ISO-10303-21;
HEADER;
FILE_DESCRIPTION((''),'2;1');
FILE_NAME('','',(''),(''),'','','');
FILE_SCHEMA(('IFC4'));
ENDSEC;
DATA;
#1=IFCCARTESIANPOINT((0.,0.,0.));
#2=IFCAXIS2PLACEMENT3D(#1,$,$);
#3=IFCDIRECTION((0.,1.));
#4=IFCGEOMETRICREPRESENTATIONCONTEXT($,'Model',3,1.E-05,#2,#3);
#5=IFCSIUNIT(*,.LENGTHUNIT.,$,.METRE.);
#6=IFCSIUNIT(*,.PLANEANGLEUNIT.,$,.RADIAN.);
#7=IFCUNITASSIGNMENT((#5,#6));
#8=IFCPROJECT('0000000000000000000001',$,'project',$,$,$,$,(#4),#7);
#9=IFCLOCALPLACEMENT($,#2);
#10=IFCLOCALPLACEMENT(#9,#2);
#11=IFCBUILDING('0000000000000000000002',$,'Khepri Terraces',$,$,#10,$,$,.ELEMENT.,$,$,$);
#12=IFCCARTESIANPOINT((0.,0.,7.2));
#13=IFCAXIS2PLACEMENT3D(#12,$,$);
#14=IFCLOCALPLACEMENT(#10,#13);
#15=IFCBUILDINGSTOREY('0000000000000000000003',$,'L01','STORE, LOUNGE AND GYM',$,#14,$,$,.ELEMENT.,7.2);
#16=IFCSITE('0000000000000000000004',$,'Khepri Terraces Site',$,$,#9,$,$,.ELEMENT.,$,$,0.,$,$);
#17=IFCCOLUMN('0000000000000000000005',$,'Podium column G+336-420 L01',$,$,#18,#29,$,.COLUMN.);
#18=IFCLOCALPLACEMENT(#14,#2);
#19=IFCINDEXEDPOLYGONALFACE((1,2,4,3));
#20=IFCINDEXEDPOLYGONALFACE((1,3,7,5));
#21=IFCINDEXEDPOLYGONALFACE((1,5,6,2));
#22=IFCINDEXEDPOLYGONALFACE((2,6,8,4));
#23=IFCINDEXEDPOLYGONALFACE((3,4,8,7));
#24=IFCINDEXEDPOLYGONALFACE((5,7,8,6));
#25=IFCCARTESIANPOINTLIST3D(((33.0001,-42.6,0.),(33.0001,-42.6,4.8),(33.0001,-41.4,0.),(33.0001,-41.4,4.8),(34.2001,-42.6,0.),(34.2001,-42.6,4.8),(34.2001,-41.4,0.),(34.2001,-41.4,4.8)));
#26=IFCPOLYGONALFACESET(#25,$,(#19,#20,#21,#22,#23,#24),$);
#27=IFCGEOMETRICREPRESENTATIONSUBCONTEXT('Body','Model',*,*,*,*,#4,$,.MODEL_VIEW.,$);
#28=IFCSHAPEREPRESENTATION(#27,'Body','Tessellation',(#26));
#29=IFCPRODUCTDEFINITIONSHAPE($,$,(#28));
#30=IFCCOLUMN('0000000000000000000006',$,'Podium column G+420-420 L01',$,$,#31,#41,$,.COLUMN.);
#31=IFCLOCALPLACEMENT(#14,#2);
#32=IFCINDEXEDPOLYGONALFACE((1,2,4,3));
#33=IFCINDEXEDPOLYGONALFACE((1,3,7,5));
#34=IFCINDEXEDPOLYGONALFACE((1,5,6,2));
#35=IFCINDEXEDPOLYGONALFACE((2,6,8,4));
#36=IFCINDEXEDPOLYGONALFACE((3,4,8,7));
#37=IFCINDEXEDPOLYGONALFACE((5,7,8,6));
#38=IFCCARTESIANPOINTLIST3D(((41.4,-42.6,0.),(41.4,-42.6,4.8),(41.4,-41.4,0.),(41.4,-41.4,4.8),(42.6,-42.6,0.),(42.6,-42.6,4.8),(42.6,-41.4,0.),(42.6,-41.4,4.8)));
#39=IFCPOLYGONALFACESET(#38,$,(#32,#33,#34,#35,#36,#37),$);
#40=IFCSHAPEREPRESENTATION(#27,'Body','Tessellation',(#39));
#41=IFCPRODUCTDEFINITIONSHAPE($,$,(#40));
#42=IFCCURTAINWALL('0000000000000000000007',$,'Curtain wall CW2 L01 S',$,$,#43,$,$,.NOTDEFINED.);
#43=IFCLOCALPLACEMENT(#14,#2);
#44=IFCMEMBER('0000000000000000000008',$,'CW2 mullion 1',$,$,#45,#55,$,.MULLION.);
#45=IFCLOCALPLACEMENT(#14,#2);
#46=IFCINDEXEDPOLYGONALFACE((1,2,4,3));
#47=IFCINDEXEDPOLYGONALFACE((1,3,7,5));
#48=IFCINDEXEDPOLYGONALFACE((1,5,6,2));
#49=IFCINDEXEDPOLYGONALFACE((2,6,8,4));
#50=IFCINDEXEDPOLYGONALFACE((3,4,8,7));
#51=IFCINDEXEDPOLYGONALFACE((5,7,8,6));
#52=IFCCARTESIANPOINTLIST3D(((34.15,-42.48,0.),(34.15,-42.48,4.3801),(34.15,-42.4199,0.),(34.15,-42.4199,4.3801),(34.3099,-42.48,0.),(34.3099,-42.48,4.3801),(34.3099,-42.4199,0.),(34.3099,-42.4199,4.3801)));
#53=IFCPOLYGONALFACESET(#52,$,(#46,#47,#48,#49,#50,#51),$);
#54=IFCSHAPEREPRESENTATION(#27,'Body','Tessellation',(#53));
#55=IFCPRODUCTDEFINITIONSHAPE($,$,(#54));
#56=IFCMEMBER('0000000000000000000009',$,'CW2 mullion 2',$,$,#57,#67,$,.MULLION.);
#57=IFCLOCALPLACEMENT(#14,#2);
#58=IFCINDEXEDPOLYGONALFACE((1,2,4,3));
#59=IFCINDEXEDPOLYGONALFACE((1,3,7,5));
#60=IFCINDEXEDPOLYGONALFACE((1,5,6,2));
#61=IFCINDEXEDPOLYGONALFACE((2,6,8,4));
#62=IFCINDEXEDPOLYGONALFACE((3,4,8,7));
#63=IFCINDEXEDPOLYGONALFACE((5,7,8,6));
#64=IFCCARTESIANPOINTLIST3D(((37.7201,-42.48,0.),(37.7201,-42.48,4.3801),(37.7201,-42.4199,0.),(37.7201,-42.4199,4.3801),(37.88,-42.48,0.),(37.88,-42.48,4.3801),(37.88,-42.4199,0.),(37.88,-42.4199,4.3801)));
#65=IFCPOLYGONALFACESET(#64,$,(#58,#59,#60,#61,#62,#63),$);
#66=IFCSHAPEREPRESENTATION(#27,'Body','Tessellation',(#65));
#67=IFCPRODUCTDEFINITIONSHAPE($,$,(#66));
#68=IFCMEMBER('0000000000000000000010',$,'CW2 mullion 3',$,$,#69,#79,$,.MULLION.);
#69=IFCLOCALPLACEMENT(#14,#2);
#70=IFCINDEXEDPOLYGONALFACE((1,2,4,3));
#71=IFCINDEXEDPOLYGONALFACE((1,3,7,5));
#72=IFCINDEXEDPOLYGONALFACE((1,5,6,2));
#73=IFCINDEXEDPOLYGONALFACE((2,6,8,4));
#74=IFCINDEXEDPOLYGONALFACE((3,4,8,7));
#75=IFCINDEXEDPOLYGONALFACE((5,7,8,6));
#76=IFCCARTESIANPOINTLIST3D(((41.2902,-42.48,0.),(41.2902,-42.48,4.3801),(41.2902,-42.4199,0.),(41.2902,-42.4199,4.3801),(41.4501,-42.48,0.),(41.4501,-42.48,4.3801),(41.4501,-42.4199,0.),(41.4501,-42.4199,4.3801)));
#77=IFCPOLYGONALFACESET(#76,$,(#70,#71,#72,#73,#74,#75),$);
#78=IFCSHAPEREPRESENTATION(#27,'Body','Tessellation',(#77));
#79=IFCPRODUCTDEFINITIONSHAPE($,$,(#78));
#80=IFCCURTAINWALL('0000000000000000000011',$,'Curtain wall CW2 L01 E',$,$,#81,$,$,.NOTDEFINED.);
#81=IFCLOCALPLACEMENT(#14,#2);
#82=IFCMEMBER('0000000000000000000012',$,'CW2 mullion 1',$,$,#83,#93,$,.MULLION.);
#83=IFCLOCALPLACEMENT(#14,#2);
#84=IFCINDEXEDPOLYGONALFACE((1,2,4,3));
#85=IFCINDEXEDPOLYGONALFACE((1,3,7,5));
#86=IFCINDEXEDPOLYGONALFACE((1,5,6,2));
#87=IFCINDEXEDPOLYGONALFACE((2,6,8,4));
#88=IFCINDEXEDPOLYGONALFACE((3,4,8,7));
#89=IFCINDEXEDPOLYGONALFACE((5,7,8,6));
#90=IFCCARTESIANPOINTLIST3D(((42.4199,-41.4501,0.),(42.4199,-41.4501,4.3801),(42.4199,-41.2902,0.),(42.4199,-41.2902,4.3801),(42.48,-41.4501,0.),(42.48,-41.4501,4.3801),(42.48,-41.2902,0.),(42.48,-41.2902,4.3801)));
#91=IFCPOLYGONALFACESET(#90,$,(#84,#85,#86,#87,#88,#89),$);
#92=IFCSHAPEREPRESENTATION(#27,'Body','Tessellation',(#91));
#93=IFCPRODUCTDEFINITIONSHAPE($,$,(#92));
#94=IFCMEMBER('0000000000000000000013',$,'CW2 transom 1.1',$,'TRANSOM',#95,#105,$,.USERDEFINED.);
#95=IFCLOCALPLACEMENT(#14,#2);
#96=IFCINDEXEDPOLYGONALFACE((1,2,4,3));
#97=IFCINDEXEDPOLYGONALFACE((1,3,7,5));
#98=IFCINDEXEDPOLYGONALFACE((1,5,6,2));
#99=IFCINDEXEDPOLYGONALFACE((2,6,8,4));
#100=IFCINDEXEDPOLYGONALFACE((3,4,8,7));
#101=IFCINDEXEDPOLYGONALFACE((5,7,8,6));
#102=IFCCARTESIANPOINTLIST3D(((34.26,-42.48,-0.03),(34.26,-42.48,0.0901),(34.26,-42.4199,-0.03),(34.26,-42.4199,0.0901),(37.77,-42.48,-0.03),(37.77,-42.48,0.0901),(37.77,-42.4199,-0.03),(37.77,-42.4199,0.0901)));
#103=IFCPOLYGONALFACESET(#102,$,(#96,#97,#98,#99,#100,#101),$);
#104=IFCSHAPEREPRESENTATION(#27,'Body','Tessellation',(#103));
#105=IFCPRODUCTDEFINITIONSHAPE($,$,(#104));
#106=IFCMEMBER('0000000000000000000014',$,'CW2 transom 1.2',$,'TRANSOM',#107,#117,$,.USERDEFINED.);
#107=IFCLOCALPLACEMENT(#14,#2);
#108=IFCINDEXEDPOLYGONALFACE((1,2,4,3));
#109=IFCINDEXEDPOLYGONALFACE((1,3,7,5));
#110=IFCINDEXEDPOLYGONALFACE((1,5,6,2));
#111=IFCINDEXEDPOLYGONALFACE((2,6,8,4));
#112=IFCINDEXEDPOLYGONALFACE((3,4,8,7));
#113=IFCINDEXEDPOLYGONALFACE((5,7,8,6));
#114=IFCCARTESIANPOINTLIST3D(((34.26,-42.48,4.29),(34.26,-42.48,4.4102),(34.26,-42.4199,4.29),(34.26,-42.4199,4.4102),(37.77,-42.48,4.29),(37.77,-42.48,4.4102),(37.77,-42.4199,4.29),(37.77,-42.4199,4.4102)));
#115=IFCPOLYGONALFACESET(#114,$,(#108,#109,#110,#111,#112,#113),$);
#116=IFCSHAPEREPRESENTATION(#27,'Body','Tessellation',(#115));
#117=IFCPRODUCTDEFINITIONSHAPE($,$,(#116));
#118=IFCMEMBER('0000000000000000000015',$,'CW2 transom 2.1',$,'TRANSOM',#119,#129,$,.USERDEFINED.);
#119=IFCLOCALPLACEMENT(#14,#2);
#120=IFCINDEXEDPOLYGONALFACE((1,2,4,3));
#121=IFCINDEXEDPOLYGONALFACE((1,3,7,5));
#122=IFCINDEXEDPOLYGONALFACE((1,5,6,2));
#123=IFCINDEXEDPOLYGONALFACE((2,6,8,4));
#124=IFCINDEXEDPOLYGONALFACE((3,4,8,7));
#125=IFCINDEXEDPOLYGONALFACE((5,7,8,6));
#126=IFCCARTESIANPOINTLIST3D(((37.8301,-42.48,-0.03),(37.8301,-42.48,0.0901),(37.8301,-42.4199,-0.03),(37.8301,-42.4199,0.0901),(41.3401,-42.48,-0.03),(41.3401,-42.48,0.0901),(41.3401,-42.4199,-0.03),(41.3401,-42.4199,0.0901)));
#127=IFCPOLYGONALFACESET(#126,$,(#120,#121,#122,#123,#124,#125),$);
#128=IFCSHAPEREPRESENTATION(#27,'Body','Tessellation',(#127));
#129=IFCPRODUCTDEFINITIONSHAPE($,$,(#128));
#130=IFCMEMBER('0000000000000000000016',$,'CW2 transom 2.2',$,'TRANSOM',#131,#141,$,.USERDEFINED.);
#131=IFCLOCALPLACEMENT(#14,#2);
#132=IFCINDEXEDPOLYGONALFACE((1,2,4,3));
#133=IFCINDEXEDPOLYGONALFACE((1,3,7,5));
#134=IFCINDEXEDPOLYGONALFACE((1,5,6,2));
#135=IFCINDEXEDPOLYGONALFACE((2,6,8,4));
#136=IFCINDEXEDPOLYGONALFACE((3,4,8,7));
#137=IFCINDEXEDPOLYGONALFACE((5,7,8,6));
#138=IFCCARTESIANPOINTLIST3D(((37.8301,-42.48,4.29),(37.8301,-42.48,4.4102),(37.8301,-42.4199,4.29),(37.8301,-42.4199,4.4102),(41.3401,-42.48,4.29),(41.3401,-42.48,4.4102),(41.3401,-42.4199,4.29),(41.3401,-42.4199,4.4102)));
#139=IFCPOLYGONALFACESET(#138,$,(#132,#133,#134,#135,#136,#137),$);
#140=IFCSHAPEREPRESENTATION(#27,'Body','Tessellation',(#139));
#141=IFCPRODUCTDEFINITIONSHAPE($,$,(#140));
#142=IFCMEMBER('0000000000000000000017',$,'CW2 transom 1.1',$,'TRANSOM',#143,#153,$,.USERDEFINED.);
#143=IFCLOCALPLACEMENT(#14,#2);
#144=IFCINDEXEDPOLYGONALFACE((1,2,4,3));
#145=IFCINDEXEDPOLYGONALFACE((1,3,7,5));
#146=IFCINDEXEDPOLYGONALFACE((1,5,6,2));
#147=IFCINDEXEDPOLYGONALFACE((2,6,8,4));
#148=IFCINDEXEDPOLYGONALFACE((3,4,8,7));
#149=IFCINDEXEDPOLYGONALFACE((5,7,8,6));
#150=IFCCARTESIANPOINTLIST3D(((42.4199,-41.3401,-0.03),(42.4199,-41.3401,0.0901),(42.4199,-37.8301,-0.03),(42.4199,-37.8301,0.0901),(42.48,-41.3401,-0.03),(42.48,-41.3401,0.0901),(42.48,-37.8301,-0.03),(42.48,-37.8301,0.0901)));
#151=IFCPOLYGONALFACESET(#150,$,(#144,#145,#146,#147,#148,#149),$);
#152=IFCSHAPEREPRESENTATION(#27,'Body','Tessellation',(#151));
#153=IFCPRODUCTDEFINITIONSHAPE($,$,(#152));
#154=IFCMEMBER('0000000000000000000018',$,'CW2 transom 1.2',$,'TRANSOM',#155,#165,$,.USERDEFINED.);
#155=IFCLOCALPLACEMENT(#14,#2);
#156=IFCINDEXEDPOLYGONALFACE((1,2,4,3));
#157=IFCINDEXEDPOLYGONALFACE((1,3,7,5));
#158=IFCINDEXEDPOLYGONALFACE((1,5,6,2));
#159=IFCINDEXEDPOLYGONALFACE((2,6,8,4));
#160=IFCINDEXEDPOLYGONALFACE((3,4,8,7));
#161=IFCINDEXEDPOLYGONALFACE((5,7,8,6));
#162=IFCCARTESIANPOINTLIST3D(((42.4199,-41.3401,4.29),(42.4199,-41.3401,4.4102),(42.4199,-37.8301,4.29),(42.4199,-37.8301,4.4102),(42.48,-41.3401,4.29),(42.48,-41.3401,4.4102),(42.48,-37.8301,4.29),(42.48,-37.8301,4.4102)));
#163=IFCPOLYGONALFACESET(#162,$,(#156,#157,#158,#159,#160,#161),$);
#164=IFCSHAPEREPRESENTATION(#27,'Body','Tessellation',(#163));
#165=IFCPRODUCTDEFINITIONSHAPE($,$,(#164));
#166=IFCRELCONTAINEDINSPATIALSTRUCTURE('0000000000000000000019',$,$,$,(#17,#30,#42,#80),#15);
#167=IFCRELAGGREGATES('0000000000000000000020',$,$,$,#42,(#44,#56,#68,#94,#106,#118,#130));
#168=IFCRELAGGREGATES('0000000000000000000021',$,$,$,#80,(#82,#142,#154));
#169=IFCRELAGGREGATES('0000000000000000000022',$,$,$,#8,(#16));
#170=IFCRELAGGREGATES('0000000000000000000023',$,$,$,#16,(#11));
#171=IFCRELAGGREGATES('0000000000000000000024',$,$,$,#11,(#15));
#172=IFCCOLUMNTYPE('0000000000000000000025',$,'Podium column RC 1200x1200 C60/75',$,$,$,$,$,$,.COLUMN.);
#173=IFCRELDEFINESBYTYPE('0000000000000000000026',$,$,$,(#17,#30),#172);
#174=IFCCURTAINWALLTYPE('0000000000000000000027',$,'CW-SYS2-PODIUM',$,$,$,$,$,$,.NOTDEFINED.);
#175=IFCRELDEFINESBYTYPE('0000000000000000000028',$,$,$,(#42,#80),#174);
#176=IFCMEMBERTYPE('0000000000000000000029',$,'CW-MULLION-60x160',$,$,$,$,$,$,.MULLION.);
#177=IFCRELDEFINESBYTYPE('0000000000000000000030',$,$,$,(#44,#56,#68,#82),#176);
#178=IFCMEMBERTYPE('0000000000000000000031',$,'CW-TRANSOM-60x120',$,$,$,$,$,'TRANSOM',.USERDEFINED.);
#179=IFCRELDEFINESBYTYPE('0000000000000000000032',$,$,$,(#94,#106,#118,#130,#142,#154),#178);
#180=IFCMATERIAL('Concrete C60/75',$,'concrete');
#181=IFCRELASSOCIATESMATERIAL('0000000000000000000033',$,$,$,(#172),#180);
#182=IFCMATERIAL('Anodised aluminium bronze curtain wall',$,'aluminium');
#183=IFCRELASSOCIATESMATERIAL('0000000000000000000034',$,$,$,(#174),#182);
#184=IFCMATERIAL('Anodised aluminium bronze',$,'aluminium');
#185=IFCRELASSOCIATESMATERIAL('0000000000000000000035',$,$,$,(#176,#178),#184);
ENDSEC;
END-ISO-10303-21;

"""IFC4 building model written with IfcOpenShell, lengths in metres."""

from ifc_helpers import new_model, si_unit, direction, frame, origin, origin_2d, place, context, subcontext, project, spatial, rectangle, extrude, material, material_profile, profile_set, type_object, element, aggregate, save


model = new_model("IFC4")

# Units and contexts
model_context = context("Model", 3, precision=1e-05, world=origin(), true_north=direction((0.0, 1.0)))
body_context = subcontext(model_context, "Body", "Model", "MODEL_VIEW")
ifc_project = project(units=[si_unit("LENGTHUNIT", "METRE"), si_unit("PLANEANGLEUNIT", "RADIAN")], contexts=[model_context])

# Site, building, storey
site_placement = place(None, origin())
site = spatial("IfcSite", under=ifc_project, at=site_placement, Name="Khepri Terraces Site", CompositionType="ELEMENT", RefElevation=0.0)
building_placement = place(site_placement, origin())
building = spatial("IfcBuilding", under=site, at=building_placement, Name="Khepri Terraces", CompositionType="ELEMENT")
storey_placement = place(building_placement, frame((0.0, 0.0, 7.2)))
storey = spatial("IfcBuildingStorey", under=building, at=storey_placement, Name="L01", Description="STORE, LOUNGE AND GYM", CompositionType="ELEMENT", Elevation=7.2)

# Columns
ifc_material_1 = material(Name="Concrete C60/75", Category="concrete")
ifc_material_profile_1 = material_profile(ifc_material_1, rectangle(XDim=1.2, YDim=1.2, at=origin_2d()), Name="Concrete C60/75", Category="concrete")
ifc_profile_set_1 = profile_set([ifc_material_profile_1], Name="Concrete C60/75")
column_type = type_object("IfcColumnType", Name="Podium column RC 1200x1200 C60/75", PredefinedType="COLUMN", material=ifc_profile_set_1)
for number, where, z_axis, x_axis, name in (
    (1, (33.6001, -42.0, 0.0), (0.0, 0.0, 1.0), (1.0, 0.0, 0.0), "Podium column G+336-420 L01"),
    (2, (42.0, -42.0, 0.0), (0.0, 0.0, 1.0), (1.0, 0.0, 0.0), "Podium column G+420-420 L01"),
):
    element("IfcColumn", number, at=place(storey_placement, frame(where, z_axis=z_axis, x_axis=x_axis)), inside=storey, type_object=column_type, Name=name, PredefinedType="COLUMN", context=body_context, shape_type="SweptSolid", body=[
        extrude(rectangle(XDim=1.2, YDim=1.2, at=origin_2d()), origin(), (0.0, 0.0, 1.0), 4.8),
    ])

# Curtain wall, members
ifc_material_2 = material(Name="Anodised aluminium bronze curtain wall", Category="aluminium")
curtain_wall_type = type_object("IfcCurtainWallType", Name="CW-SYS2-PODIUM", PredefinedType="NOTDEFINED", material=ifc_material_2)
curtain_wall_1_placement = place(storey_placement, origin())
curtain_wall_1 = element("IfcCurtainWall", 3, at=curtain_wall_1_placement, inside=storey, type_object=curtain_wall_type, Name="Curtain wall CW2 L01 S", PredefinedType="NOTDEFINED")
ifc_material_3 = material(Name="Anodised aluminium bronze", Category="aluminium")
ifc_material_profile_2 = material_profile(ifc_material_3, rectangle(XDim=0.0601, YDim=0.1599, at=origin_2d()), Name="Anodised aluminium bronze", Category="aluminium")
ifc_profile_set_2 = profile_set([ifc_material_profile_2], Name="Anodised aluminium bronze")
member_type_1 = type_object("IfcMemberType", Name="CW-MULLION-60x160", PredefinedType="MULLION", material=ifc_profile_set_2)
member_1_placement = place(storey_placement, frame((34.23, -42.45, 0.0), z_axis=(0.0, 0.0, 1.0), x_axis=(0.0, 1.0, 0.0)))
member_1 = element("IfcMember", 4, at=member_1_placement, type_object=member_type_1, Name="CW2 mullion 1", PredefinedType="MULLION", context=body_context, shape_type="SweptSolid", body=[
    extrude(rectangle(XDim=0.0601, YDim=0.1599, at=origin_2d()), origin(), (0.0, 0.0, 1.0), 4.3801),
])
member_2_placement = place(storey_placement, frame((37.8, -42.45, 0.0), z_axis=(0.0, 0.0, 1.0), x_axis=(0.0, 1.0, 0.0)))
member_2 = element("IfcMember", 5, at=member_2_placement, type_object=member_type_1, Name="CW2 mullion 2", PredefinedType="MULLION", context=body_context, shape_type="SweptSolid", body=[
    extrude(rectangle(XDim=0.0601, YDim=0.1599, at=origin_2d()), origin(), (0.0, 0.0, 1.0), 4.3801),
])
member_3_placement = place(storey_placement, frame((41.3701, -42.45, 0.0), z_axis=(0.0, 0.0, 1.0), x_axis=(0.0, 1.0, 0.0)))
member_3 = element("IfcMember", 6, at=member_3_placement, type_object=member_type_1, Name="CW2 mullion 3", PredefinedType="MULLION", context=body_context, shape_type="SweptSolid", body=[
    extrude(rectangle(XDim=0.0601, YDim=0.1599, at=origin_2d()), origin(), (0.0, 0.0, 1.0), 4.3801),
])

# Curtain wall, member
curtain_wall_2_placement = place(storey_placement, origin())
curtain_wall_2 = element("IfcCurtainWall", 7, at=curtain_wall_2_placement, inside=storey, type_object=curtain_wall_type, Name="Curtain wall CW2 L01 E", PredefinedType="NOTDEFINED")
member_4_placement = place(storey_placement, frame((42.45, -41.3701, 0.0), z_axis=(0.0, 0.0, 1.0), x_axis=(-1.0, 0.0, 0.0)))
member_4 = element("IfcMember", 8, at=member_4_placement, type_object=member_type_1, Name="CW2 mullion 1", PredefinedType="MULLION", context=body_context, shape_type="SweptSolid", body=[
    extrude(rectangle(XDim=0.0601, YDim=0.1599, at=origin_2d()), origin(), (0.0, 0.0, 1.0), 4.3801),
])

# Members
ifc_material_profile_3 = material_profile(ifc_material_3, rectangle(XDim=0.0601, YDim=0.1201, at=origin_2d()), Name="Anodised aluminium bronze", Category="aluminium")
ifc_profile_set_3 = profile_set([ifc_material_profile_3], Name="Anodised aluminium bronze")
member_type_2 = type_object("IfcMemberType", Name="CW-TRANSOM-60x120", ElementType="TRANSOM", PredefinedType="USERDEFINED", material=ifc_profile_set_3)
member_5_placement = place(storey_placement, frame((34.26, -42.45, 0.03), z_axis=(1.0, 0.0, 0.0), x_axis=(0.0, 1.0, 0.0)))
member_5 = element("IfcMember", 9, at=member_5_placement, type_object=member_type_2, Name="CW2 transom 1.1", ObjectType="TRANSOM", PredefinedType="USERDEFINED", context=body_context, shape_type="SweptSolid", body=[
    extrude(rectangle(XDim=0.0601, YDim=0.1201, at=origin_2d()), origin(), (0.0, 0.0, 1.0), 3.51),
])
member_6_placement = place(storey_placement, frame((34.26, -42.45, 4.3501), z_axis=(1.0, 0.0, 0.0), x_axis=(0.0, 1.0, 0.0)))
member_6 = element("IfcMember", 10, at=member_6_placement, type_object=member_type_2, Name="CW2 transom 1.2", ObjectType="TRANSOM", PredefinedType="USERDEFINED", context=body_context, shape_type="SweptSolid", body=[
    extrude(rectangle(XDim=0.0601, YDim=0.1201, at=origin_2d()), origin(), (0.0, 0.0, 1.0), 3.51),
])
member_7_placement = place(storey_placement, frame((37.8301, -42.45, 0.03), z_axis=(1.0, 0.0, 0.0), x_axis=(0.0, 1.0, 0.0)))
member_7 = element("IfcMember", 11, at=member_7_placement, type_object=member_type_2, Name="CW2 transom 2.1", ObjectType="TRANSOM", PredefinedType="USERDEFINED", context=body_context, shape_type="SweptSolid", body=[
    extrude(rectangle(XDim=0.0601, YDim=0.1201, at=origin_2d()), origin(), (0.0, 0.0, 1.0), 3.51),
])
member_8_placement = place(storey_placement, frame((37.8301, -42.45, 4.3501), z_axis=(1.0, 0.0, 0.0), x_axis=(0.0, 1.0, 0.0)))
member_8 = element("IfcMember", 12, at=member_8_placement, type_object=member_type_2, Name="CW2 transom 2.2", ObjectType="TRANSOM", PredefinedType="USERDEFINED", context=body_context, shape_type="SweptSolid", body=[
    extrude(rectangle(XDim=0.0601, YDim=0.1201, at=origin_2d()), origin(), (0.0, 0.0, 1.0), 3.51),
])
member_9_placement = place(storey_placement, frame((42.45, -41.3401, 0.03), z_axis=(0.0, 1.0, 0.0), x_axis=(-1.0, 0.0, 0.0)))
member_9 = element("IfcMember", 13, at=member_9_placement, type_object=member_type_2, Name="CW2 transom 1.1", ObjectType="TRANSOM", PredefinedType="USERDEFINED", context=body_context, shape_type="SweptSolid", body=[
    extrude(rectangle(XDim=0.0601, YDim=0.1201, at=origin_2d()), origin(), (0.0, 0.0, 1.0), 3.51),
])
member_10_placement = place(storey_placement, frame((42.45, -41.3401, 4.3501), z_axis=(0.0, 1.0, 0.0), x_axis=(-1.0, 0.0, 0.0)))
member_10 = element("IfcMember", 14, at=member_10_placement, type_object=member_type_2, Name="CW2 transom 1.2", ObjectType="TRANSOM", PredefinedType="USERDEFINED", context=body_context, shape_type="SweptSolid", body=[
    extrude(rectangle(XDim=0.0601, YDim=0.1201, at=origin_2d()), origin(), (0.0, 0.0, 1.0), 3.51),
])

aggregate(curtain_wall_1, [member_1, member_2, member_3, member_5, member_6, member_7, member_8])
aggregate(curtain_wall_2, [member_4, member_9, member_10])

save(model, "model.ifc")
